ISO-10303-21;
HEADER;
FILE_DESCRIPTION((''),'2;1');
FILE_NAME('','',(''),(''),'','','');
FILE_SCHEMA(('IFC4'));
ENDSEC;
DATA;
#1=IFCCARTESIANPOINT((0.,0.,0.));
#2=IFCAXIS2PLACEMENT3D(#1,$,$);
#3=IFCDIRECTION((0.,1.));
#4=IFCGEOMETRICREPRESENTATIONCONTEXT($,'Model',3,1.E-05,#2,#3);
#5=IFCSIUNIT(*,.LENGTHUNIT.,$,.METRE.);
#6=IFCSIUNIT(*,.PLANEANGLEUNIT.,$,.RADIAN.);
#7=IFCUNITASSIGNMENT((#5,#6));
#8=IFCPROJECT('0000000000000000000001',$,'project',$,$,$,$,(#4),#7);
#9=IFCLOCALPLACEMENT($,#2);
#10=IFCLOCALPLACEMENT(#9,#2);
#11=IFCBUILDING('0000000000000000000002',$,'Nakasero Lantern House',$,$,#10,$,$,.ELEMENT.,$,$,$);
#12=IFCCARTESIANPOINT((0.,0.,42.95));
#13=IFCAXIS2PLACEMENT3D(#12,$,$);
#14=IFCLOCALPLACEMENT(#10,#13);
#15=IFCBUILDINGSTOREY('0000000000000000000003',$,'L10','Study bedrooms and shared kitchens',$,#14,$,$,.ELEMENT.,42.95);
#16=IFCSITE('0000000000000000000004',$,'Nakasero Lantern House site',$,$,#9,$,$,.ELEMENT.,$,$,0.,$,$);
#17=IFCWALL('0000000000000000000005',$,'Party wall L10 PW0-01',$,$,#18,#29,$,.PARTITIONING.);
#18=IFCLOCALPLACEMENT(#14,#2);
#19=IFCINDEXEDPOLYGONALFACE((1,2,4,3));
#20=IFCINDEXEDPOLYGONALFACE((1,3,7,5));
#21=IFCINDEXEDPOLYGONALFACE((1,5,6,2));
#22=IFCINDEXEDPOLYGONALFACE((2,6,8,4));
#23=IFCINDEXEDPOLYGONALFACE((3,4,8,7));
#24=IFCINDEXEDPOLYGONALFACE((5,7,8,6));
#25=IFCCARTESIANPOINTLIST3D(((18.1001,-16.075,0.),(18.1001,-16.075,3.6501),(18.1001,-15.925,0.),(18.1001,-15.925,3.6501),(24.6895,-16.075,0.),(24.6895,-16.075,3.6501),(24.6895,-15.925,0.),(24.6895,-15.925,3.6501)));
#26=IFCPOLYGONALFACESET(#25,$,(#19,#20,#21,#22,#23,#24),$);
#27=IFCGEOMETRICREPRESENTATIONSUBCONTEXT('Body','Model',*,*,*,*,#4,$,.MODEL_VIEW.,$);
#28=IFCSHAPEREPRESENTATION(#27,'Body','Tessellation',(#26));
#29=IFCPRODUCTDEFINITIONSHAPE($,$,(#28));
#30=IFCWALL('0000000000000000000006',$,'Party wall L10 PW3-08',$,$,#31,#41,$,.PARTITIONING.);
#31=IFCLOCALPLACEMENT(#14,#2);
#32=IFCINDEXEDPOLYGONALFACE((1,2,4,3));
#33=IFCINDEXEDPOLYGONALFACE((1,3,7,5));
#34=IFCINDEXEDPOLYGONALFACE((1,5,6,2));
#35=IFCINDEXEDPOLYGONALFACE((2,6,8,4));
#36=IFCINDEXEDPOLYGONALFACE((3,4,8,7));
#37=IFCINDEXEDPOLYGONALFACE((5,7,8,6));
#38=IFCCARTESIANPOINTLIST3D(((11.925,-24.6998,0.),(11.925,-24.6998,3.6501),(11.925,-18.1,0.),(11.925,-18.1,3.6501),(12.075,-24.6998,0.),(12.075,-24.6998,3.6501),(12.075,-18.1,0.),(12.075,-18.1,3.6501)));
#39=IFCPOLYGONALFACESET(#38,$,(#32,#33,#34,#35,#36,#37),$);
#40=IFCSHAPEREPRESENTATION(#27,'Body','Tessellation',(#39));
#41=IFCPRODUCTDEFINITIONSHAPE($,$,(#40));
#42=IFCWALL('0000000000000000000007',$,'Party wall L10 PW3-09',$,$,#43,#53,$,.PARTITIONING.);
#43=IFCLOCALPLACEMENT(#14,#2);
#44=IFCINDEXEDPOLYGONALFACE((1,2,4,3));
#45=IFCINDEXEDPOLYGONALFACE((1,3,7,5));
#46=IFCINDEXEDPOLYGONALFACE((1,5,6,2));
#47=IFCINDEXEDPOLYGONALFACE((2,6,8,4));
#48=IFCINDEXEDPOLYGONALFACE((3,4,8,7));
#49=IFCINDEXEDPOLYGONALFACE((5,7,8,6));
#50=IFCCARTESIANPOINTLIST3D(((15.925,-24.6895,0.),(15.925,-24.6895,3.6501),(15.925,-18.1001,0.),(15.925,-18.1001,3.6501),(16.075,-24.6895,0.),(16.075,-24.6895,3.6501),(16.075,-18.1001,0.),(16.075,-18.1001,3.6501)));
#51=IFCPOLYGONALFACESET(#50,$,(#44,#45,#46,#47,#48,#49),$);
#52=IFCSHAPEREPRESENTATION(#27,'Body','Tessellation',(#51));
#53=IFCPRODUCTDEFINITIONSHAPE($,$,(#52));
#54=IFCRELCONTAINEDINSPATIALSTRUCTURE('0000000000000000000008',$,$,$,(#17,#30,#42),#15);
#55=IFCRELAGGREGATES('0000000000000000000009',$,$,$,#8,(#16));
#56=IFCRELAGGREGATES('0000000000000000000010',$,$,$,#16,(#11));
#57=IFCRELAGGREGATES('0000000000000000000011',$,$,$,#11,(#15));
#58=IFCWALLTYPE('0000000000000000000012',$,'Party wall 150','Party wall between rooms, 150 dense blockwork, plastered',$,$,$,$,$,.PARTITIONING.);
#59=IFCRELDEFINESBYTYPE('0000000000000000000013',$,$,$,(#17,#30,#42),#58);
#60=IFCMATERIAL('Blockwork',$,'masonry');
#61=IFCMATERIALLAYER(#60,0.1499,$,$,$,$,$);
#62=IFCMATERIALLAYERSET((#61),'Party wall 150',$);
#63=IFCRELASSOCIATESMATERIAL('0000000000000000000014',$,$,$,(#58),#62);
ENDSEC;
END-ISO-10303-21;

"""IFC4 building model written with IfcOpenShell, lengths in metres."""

from ifc_helpers import new_model, si_unit, direction, frame, frame_2d, origin, place, context, subcontext, project, spatial, rectangle, extrude, material, layer, layer_set, type_object, element, save


model = new_model("IFC4")

# Units and contexts
model_context = context("Model", 3, precision=1e-05, world=origin(), true_north=direction((0.0, 1.0)))
body_context = subcontext(model_context, "Body", "Model", "MODEL_VIEW")
ifc_project = project(units=[si_unit("LENGTHUNIT", "METRE"), si_unit("PLANEANGLEUNIT", "RADIAN")], contexts=[model_context])

# Site, building, storey
site_placement = place(None, origin())
site = spatial("IfcSite", under=ifc_project, at=site_placement, Name="Nakasero Lantern House site", CompositionType="ELEMENT", RefElevation=0.0)
building_placement = place(site_placement, origin())
building = spatial("IfcBuilding", under=site, at=building_placement, Name="Nakasero Lantern House", CompositionType="ELEMENT")
storey_placement = place(building_placement, frame((0.0, 0.0, 42.95)))
storey = spatial("IfcBuildingStorey", under=building, at=storey_placement, Name="L10", Description="Study bedrooms and shared kitchens", CompositionType="ELEMENT", Elevation=42.95)

# Walls
ifc_material_1 = material(Name="Blockwork", Category="masonry")
ifc_layer_1 = layer(ifc_material_1, 0.1499)
ifc_layer_set_1 = layer_set([ifc_layer_1], Name="Party wall 150")
wall_type_1 = type_object("IfcWallType", Name="Party wall 150", Description="Party wall between rooms, 150 dense blockwork, plastered", PredefinedType="PARTITIONING", material=ifc_layer_set_1)
wall_1_placement = place(storey_placement, frame((18.1001, -16.0, 0.0), z_axis=(0.0, 0.0, 1.0), x_axis=(1.0, 0.0, 0.0)))
element("IfcWall", 1, at=wall_1_placement, inside=storey, type_object=wall_type_1, Name="Party wall L10 PW0-01", PredefinedType="PARTITIONING", context=body_context, shape_type="SweptSolid", body=[
    extrude(rectangle(XDim=6.5894, YDim=0.1499, at=frame_2d((3.2947, 0.0))), origin(), (0.0, 0.0, 1.0), 3.6501),
])
wall_2_placement = place(storey_placement, frame((12.0, -18.1001, 0.0), z_axis=(0.0, 0.0, 1.0), x_axis=(0.0, -1.0, 0.0)))
element("IfcWall", 2, at=wall_2_placement, inside=storey, type_object=wall_type_1, Name="Party wall L10 PW3-08", PredefinedType="PARTITIONING", context=body_context, shape_type="SweptSolid", body=[
    extrude(rectangle(XDim=6.5999, YDim=0.1499, at=frame_2d((3.2998, 0.0))), origin(), (0.0, 0.0, 1.0), 3.6501),
])
wall_3_placement = place(storey_placement, frame((16.0, -18.1001, 0.0), z_axis=(0.0, 0.0, 1.0), x_axis=(0.0, -1.0, 0.0)))
element("IfcWall", 3, at=wall_3_placement, inside=storey, type_object=wall_type_1, Name="Party wall L10 PW3-09", PredefinedType="PARTITIONING", context=body_context, shape_type="SweptSolid", body=[
    extrude(rectangle(XDim=6.5894, YDim=0.1499, at=frame_2d((3.2947, 0.0))), origin(), (0.0, 0.0, 1.0), 3.6501),
])

save(model, "model.ifc")
